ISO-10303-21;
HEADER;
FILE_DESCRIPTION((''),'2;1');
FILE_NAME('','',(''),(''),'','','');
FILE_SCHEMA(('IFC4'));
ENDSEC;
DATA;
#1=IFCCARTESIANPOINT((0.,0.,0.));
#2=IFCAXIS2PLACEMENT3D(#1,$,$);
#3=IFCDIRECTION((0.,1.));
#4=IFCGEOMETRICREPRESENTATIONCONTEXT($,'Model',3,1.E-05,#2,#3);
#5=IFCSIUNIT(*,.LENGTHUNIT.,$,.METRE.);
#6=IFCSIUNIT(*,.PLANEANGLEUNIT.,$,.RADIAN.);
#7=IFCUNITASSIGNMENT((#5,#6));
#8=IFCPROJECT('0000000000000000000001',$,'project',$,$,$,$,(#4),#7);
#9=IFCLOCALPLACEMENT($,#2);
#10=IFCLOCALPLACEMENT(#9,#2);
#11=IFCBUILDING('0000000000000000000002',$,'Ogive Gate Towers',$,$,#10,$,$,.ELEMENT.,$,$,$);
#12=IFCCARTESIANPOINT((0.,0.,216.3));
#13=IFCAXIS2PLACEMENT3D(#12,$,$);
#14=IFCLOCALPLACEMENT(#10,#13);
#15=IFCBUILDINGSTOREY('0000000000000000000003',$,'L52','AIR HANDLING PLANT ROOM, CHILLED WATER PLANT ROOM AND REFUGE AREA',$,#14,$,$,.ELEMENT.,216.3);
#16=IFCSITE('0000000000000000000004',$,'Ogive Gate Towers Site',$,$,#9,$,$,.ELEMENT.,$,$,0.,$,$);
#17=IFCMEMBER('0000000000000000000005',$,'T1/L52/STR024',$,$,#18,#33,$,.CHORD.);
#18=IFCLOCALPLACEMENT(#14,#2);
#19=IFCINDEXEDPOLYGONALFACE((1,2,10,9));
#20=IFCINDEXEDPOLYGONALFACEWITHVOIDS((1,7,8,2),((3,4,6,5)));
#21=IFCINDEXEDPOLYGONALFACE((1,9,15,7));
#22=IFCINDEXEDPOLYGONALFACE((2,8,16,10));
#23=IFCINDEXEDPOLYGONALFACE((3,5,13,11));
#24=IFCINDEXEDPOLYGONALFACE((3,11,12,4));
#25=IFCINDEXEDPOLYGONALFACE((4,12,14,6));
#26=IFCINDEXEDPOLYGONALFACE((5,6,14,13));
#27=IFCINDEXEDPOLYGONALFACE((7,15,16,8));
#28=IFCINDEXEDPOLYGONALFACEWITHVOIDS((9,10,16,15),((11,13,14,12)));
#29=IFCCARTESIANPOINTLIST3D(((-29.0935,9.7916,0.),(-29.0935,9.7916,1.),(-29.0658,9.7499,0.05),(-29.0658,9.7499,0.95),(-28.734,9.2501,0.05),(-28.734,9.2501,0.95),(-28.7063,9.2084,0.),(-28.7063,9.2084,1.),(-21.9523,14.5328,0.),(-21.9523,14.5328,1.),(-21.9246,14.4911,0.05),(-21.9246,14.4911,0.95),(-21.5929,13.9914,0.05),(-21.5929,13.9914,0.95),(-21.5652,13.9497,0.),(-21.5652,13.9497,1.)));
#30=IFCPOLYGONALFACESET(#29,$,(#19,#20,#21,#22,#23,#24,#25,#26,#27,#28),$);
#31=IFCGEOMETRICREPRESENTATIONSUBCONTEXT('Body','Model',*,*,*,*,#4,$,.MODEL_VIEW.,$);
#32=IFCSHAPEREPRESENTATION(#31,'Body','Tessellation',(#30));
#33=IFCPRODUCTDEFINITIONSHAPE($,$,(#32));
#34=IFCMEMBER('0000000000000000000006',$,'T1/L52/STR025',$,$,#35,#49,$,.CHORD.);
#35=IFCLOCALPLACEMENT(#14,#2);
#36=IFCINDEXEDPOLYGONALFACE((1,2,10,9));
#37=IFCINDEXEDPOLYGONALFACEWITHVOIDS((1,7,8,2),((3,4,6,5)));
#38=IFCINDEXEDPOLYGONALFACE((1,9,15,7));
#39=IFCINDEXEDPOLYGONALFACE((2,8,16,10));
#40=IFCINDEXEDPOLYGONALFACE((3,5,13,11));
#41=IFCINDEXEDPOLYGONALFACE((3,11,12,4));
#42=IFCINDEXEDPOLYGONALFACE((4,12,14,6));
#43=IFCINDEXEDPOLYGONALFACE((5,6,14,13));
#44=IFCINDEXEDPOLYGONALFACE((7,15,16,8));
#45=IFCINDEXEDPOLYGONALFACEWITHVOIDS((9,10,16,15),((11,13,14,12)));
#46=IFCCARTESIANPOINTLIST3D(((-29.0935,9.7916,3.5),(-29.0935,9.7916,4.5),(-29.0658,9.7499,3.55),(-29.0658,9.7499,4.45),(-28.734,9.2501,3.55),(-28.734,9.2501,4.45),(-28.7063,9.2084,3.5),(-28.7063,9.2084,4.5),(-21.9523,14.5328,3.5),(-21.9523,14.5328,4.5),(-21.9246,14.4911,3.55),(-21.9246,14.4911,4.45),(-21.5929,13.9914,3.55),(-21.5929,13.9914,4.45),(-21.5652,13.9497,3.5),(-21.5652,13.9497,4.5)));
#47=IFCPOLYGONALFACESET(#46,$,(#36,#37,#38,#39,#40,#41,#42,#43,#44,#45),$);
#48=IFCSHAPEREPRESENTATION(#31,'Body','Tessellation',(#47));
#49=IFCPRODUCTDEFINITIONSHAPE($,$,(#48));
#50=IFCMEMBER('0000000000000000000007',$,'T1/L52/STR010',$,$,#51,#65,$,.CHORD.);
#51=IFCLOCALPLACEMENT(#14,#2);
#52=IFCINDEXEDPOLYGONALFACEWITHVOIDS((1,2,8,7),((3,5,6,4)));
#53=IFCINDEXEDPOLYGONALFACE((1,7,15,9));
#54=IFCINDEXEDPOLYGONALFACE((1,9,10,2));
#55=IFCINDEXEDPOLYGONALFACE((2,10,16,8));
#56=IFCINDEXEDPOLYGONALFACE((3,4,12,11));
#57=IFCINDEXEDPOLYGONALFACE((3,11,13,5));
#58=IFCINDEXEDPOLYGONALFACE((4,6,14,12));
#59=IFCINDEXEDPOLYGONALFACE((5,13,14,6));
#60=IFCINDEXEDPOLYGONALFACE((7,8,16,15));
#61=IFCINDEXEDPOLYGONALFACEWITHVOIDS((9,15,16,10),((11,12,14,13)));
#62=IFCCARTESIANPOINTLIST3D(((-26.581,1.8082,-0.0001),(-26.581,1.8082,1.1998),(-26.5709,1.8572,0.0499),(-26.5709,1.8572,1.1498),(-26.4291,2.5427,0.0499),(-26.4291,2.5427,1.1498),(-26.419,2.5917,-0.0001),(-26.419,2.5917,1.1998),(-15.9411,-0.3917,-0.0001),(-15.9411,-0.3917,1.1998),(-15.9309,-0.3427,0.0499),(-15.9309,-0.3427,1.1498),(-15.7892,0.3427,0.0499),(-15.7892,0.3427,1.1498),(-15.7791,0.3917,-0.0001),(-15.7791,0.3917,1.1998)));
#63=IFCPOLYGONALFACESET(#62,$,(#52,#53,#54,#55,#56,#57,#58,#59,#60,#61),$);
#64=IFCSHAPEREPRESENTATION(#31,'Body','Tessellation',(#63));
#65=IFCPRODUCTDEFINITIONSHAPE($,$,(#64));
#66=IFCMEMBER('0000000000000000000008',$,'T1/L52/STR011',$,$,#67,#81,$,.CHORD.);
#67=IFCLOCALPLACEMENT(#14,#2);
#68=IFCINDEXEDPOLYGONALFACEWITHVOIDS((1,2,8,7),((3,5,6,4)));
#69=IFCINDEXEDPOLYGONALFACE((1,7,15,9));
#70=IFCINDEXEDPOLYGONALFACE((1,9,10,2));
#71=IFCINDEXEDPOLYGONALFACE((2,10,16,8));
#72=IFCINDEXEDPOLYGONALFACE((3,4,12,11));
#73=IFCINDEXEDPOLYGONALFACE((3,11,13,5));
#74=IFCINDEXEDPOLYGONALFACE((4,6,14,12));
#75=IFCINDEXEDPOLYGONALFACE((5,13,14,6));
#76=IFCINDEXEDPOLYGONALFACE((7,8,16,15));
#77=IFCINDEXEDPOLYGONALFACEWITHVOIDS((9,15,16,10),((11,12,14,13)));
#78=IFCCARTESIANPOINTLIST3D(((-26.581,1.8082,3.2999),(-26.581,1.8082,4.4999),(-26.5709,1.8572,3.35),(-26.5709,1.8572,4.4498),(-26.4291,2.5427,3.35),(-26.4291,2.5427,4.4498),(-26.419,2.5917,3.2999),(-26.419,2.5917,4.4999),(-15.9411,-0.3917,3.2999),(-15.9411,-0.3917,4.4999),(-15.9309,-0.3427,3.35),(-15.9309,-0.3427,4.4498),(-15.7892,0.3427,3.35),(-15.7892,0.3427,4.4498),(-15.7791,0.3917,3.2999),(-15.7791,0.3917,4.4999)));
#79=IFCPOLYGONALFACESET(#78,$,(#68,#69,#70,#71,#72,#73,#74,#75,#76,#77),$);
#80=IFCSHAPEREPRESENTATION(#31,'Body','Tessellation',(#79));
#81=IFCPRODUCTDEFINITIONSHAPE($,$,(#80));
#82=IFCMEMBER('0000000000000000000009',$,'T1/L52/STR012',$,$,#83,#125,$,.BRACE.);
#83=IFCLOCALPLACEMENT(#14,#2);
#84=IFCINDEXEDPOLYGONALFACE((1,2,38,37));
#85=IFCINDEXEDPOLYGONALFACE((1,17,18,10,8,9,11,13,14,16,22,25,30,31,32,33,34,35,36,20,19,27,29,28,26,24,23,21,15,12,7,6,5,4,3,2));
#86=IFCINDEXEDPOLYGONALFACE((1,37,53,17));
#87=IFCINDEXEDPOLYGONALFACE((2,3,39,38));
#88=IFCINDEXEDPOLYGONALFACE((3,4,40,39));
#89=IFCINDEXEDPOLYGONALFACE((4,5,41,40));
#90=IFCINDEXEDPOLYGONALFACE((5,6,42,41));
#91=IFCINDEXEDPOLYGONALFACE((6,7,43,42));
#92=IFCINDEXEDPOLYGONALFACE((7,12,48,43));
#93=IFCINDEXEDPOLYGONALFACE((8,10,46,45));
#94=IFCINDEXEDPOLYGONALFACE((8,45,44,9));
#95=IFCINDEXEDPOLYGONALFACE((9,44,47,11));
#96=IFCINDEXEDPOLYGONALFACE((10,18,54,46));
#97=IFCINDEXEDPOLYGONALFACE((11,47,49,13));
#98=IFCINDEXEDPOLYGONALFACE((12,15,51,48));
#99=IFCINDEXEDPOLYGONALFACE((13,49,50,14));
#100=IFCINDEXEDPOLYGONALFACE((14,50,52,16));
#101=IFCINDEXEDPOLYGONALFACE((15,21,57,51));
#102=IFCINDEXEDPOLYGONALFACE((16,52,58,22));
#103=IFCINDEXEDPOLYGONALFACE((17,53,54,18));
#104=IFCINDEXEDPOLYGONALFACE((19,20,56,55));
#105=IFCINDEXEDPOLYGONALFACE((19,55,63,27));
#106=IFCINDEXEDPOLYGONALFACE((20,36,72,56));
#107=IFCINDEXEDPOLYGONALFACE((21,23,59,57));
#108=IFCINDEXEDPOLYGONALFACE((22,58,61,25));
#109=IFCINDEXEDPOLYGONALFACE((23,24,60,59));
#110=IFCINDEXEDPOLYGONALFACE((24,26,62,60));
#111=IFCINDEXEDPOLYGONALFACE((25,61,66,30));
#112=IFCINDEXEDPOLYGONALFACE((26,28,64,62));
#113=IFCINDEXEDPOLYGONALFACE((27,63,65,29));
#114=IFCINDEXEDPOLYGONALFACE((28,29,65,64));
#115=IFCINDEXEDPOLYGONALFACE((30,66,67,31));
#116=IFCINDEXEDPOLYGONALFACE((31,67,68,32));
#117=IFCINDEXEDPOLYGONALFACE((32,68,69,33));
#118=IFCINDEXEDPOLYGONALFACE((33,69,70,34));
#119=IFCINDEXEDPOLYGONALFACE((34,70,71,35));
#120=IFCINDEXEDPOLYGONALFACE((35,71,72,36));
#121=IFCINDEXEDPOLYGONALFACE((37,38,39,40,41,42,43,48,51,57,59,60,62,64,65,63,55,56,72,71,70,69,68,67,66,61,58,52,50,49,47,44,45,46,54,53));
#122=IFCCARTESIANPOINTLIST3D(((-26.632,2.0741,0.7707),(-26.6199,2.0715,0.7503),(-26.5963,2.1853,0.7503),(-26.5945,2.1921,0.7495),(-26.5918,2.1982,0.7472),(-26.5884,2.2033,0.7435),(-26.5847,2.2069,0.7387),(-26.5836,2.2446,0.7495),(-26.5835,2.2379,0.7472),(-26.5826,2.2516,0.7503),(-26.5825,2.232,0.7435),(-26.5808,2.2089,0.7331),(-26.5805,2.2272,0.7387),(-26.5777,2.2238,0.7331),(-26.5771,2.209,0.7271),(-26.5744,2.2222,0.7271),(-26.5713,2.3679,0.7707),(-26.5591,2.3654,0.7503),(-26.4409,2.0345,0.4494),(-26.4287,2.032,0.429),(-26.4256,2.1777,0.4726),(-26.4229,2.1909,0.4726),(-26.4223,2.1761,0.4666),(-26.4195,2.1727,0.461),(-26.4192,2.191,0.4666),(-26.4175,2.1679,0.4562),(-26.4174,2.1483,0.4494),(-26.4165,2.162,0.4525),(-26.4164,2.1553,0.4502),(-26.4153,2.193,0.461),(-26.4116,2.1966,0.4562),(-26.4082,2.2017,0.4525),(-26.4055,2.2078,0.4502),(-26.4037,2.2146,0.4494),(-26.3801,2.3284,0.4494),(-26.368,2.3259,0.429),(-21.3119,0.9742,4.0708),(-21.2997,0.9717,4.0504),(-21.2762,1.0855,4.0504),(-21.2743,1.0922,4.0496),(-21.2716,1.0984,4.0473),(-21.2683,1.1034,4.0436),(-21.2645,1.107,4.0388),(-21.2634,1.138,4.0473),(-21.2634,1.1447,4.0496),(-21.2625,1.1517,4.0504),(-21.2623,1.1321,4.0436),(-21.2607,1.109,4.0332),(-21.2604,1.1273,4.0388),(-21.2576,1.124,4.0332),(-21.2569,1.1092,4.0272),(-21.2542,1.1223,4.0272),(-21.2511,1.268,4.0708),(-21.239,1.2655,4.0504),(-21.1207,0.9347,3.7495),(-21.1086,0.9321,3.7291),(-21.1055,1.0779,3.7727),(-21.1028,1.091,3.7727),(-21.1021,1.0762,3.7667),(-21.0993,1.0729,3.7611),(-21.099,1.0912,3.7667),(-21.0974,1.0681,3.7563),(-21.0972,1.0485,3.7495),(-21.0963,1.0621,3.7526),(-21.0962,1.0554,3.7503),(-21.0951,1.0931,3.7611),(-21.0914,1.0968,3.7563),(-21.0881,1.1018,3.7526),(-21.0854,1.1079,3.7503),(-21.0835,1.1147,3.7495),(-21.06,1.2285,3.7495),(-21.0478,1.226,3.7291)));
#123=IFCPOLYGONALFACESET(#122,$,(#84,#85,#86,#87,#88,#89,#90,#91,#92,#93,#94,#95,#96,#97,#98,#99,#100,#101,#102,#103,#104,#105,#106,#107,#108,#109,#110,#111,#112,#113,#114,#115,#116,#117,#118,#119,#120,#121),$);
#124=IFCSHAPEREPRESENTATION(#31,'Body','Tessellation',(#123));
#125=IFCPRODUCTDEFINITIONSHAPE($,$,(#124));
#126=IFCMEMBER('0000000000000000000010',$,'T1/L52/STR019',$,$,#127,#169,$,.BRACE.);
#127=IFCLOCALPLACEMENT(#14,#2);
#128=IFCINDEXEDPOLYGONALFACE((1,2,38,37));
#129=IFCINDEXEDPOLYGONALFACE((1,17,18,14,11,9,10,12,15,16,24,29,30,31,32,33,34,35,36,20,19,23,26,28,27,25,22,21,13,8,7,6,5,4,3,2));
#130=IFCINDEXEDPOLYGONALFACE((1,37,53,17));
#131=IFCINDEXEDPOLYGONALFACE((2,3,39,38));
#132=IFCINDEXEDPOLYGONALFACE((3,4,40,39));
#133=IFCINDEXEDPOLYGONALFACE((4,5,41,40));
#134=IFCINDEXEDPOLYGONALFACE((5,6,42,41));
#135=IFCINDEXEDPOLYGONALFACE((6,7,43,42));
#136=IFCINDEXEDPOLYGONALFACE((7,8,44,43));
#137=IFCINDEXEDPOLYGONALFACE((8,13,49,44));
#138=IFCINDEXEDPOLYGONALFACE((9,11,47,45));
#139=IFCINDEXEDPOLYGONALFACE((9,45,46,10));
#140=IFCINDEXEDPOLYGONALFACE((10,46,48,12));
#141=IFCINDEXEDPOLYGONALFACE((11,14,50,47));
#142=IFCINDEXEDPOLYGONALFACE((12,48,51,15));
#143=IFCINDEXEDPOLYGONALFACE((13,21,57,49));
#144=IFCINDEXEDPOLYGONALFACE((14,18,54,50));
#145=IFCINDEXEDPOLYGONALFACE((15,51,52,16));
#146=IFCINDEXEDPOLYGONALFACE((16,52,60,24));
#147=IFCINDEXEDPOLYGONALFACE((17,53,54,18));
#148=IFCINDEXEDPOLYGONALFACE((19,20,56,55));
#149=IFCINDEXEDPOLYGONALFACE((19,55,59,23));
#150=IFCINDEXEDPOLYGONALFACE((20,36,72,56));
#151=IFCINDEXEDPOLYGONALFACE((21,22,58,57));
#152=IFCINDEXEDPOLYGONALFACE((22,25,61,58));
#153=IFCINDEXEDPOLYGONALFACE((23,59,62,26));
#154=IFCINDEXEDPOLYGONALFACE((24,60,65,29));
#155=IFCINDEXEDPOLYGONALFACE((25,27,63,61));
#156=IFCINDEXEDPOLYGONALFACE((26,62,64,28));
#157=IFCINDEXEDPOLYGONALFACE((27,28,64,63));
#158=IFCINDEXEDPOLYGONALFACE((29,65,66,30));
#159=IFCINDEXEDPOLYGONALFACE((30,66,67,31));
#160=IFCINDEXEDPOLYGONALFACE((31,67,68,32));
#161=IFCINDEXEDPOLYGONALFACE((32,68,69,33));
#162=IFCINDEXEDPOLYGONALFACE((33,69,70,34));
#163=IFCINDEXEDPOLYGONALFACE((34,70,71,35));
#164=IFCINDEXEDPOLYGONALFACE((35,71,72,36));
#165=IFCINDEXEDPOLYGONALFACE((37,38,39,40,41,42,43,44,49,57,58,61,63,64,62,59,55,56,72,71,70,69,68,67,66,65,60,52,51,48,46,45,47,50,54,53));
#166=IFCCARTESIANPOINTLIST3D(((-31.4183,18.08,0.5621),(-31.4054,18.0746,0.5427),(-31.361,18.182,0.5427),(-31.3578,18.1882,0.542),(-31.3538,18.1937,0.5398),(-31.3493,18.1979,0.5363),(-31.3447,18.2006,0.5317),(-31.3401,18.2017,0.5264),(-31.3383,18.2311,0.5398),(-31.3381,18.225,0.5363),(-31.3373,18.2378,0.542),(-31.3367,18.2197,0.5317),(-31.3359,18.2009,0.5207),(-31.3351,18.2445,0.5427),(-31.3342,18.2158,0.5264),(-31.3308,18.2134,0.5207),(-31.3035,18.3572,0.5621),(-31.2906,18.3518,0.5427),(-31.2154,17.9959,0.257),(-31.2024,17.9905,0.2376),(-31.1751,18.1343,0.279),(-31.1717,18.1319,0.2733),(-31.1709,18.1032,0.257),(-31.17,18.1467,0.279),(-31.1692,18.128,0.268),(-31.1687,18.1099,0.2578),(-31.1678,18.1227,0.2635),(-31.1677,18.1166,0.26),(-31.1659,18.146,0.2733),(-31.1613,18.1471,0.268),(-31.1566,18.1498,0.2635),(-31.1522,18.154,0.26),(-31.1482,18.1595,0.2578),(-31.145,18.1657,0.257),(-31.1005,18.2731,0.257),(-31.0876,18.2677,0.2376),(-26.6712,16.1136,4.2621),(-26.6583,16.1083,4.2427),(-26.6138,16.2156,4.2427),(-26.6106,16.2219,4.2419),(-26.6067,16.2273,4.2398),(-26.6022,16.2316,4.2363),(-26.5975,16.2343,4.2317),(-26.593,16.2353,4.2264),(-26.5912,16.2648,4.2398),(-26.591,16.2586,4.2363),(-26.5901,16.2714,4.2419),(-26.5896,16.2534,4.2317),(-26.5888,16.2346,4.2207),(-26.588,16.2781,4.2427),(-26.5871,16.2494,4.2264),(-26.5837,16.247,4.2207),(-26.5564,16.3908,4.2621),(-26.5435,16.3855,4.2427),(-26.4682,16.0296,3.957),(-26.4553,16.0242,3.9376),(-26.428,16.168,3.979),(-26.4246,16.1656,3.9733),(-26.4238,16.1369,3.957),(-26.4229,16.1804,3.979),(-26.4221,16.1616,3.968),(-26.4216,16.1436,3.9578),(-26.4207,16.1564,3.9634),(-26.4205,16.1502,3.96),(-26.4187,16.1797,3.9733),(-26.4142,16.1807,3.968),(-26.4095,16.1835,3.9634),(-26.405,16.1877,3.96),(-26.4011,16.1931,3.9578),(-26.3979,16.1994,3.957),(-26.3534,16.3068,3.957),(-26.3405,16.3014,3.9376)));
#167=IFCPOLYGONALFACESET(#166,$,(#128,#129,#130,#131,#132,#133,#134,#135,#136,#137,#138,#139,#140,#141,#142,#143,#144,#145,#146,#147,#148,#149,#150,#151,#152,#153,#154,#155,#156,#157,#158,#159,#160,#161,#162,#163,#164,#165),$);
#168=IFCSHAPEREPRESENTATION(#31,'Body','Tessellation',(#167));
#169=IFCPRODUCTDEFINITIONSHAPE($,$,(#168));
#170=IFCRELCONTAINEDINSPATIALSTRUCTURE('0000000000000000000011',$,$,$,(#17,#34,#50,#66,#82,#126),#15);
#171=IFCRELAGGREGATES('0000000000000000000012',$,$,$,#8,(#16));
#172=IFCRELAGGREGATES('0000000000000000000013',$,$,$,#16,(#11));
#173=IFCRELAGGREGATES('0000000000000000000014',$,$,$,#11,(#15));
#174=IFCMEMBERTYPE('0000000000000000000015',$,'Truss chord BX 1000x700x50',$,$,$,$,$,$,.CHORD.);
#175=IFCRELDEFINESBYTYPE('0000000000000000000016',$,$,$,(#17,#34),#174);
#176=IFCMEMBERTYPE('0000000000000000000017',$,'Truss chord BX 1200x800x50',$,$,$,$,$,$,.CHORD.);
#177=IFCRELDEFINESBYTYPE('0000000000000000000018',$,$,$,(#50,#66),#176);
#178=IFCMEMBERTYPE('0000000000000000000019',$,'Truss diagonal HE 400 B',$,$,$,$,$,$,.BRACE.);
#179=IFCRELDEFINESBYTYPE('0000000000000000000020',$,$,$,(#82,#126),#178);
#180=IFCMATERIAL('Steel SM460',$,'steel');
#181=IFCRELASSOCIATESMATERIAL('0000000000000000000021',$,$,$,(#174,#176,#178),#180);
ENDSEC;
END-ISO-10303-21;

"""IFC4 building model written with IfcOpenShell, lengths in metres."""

from ifc_helpers import new_model, si_unit, direction, frame, origin, origin_2d, place, context, subcontext, project, spatial, hollow_rectangle, i_section, extrude, material, material_profile, profile_set, type_object, element, save


model = new_model("IFC4")

# Units and contexts
model_context = context("Model", 3, precision=1e-05, world=origin(), true_north=direction((0.0, 1.0)))
body_context = subcontext(model_context, "Body", "Model", "MODEL_VIEW")
ifc_project = project(units=[si_unit("LENGTHUNIT", "METRE"), si_unit("PLANEANGLEUNIT", "RADIAN")], contexts=[model_context])

# Site, building, storey
site_placement = place(None, origin())
site = spatial("IfcSite", under=ifc_project, at=site_placement, Name="Ogive Gate Towers Site", CompositionType="ELEMENT", RefElevation=0.0)
building_placement = place(site_placement, origin())
building = spatial("IfcBuilding", under=site, at=building_placement, Name="Ogive Gate Towers", CompositionType="ELEMENT")
storey_placement = place(building_placement, frame((0.0, 0.0, 216.3)))
storey = spatial("IfcBuildingStorey", under=building, at=storey_placement, Name="L52", Description="AIR HANDLING PLANT ROOM, CHILLED WATER PLANT ROOM AND REFUGE AREA", CompositionType="ELEMENT", Elevation=216.3)

# Shared definitions
ifc_material_1 = material(Name="Steel SM460", Category="steel")

# Members
ifc_material_profile_1 = material_profile(ifc_material_1, hollow_rectangle(XDim=0.7, YDim=1.0, WallThickness=0.05, at=origin_2d()), Name="BX 1000x700x50")
ifc_profile_set_1 = profile_set([ifc_material_profile_1], Name="Steel SM460")
member_type_1 = type_object("IfcMemberType", Name="Truss chord BX 1000x700x50", PredefinedType="CHORD", material=ifc_profile_set_1)
for number, where, z_axis, x_axis, name in (
    (1, (-28.8999, 9.5, 0.5), (0.8331, 0.553122, 0.0), (-0.553122, 0.8331, 0.0), "T1/L52/STR024"),
    (2, (-28.8999, 9.5, 4.0), (0.8331, 0.553122, 0.0), (-0.553122, 0.8331, 0.0), "T1/L52/STR025"),
):
    element("IfcMember", number, at=place(storey_placement, frame(where, z_axis=z_axis, x_axis=x_axis)), inside=storey, type_object=member_type_1, Name=name, PredefinedType="CHORD", context=body_context, shape_type="SweptSolid", body=[
        extrude(hollow_rectangle(XDim=0.7, YDim=1.0, WallThickness=0.05, at=origin_2d()), origin(), (0.0, 0.0, 1.0), 8.5718),
    ])
ifc_material_profile_2 = material_profile(ifc_material_1, hollow_rectangle(XDim=0.8, YDim=1.2, WallThickness=0.05, at=origin_2d()), Name="BX 1200x800x50")
ifc_profile_set_2 = profile_set([ifc_material_profile_2], Name="Steel SM460")
member_type_2 = type_object("IfcMemberType", Name="Truss chord BX 1200x800x50", PredefinedType="CHORD", material=ifc_profile_set_2)
for number, where, z_axis, x_axis, name in (
    (3, (-26.5, 2.2, 0.5999), (0.979286, -0.202482, 0.0), (0.202482, 0.979286, 0.0), "T1/L52/STR010"),
    (4, (-26.5, 2.2, 3.8999), (0.979286, -0.202482, 0.0), (0.202482, 0.979286, 0.0), "T1/L52/STR011"),
):
    element("IfcMember", number, at=place(storey_placement, frame(where, z_axis=z_axis, x_axis=x_axis)), inside=storey, type_object=member_type_2, Name=name, PredefinedType="CHORD", context=body_context, shape_type="SweptSolid", body=[
        extrude(hollow_rectangle(XDim=0.8, YDim=1.2, WallThickness=0.05, at=origin_2d()), origin(), (0.0, 0.0, 1.0), 10.865),
    ])
ifc_material_profile_3 = material_profile(ifc_material_1, i_section(OverallWidth=0.3, OverallDepth=0.3999, WebThickness=0.0134, FlangeThickness=0.0239, FilletRadius=0.0271, at=origin_2d()), Name="HE 400 B")
ifc_profile_set_3 = profile_set([ifc_material_profile_3], Name="Steel SM460")
member_type_3 = type_object("IfcMemberType", Name="Truss diagonal HE 400 B", PredefinedType="BRACE", material=ifc_profile_set_3)
member_1_placement = place(storey_placement, frame((-26.5, 2.2, 0.5999), z_axis=(0.83697, -0.173032, 0.519174), x_axis=(0.202456, 0.979291, 0.0)))
element("IfcMember", 5, at=member_1_placement, inside=storey, type_object=member_type_3, Name="T1/L52/STR012", PredefinedType="BRACE", context=body_context, shape_type="SweptSolid", body=[
    extrude(i_section(OverallWidth=0.3, OverallDepth=0.3999, WebThickness=0.0134, FlangeThickness=0.0239, FilletRadius=0.0271, at=origin_2d()), origin(), (0.0, 0.0, 1.0), 6.3564),
])
member_2_placement = place(storey_placement, frame((-26.5059, 16.2075, 4.0999), z_axis=(-0.749728, 0.310549, -0.584352), x_axis=(-0.382685, -0.923879, 0.0)))
element("IfcMember", 6, at=member_2_placement, inside=storey, type_object=member_type_3, Name="T1/L52/STR019", PredefinedType="BRACE", context=body_context, shape_type="SweptSolid", body=[
    extrude(i_section(OverallWidth=0.3, OverallDepth=0.3999, WebThickness=0.0134, FlangeThickness=0.0239, FilletRadius=0.0271, at=origin_2d()), origin(), (0.0, 0.0, 1.0), 6.3318),
])

save(model, "model.ifc")
